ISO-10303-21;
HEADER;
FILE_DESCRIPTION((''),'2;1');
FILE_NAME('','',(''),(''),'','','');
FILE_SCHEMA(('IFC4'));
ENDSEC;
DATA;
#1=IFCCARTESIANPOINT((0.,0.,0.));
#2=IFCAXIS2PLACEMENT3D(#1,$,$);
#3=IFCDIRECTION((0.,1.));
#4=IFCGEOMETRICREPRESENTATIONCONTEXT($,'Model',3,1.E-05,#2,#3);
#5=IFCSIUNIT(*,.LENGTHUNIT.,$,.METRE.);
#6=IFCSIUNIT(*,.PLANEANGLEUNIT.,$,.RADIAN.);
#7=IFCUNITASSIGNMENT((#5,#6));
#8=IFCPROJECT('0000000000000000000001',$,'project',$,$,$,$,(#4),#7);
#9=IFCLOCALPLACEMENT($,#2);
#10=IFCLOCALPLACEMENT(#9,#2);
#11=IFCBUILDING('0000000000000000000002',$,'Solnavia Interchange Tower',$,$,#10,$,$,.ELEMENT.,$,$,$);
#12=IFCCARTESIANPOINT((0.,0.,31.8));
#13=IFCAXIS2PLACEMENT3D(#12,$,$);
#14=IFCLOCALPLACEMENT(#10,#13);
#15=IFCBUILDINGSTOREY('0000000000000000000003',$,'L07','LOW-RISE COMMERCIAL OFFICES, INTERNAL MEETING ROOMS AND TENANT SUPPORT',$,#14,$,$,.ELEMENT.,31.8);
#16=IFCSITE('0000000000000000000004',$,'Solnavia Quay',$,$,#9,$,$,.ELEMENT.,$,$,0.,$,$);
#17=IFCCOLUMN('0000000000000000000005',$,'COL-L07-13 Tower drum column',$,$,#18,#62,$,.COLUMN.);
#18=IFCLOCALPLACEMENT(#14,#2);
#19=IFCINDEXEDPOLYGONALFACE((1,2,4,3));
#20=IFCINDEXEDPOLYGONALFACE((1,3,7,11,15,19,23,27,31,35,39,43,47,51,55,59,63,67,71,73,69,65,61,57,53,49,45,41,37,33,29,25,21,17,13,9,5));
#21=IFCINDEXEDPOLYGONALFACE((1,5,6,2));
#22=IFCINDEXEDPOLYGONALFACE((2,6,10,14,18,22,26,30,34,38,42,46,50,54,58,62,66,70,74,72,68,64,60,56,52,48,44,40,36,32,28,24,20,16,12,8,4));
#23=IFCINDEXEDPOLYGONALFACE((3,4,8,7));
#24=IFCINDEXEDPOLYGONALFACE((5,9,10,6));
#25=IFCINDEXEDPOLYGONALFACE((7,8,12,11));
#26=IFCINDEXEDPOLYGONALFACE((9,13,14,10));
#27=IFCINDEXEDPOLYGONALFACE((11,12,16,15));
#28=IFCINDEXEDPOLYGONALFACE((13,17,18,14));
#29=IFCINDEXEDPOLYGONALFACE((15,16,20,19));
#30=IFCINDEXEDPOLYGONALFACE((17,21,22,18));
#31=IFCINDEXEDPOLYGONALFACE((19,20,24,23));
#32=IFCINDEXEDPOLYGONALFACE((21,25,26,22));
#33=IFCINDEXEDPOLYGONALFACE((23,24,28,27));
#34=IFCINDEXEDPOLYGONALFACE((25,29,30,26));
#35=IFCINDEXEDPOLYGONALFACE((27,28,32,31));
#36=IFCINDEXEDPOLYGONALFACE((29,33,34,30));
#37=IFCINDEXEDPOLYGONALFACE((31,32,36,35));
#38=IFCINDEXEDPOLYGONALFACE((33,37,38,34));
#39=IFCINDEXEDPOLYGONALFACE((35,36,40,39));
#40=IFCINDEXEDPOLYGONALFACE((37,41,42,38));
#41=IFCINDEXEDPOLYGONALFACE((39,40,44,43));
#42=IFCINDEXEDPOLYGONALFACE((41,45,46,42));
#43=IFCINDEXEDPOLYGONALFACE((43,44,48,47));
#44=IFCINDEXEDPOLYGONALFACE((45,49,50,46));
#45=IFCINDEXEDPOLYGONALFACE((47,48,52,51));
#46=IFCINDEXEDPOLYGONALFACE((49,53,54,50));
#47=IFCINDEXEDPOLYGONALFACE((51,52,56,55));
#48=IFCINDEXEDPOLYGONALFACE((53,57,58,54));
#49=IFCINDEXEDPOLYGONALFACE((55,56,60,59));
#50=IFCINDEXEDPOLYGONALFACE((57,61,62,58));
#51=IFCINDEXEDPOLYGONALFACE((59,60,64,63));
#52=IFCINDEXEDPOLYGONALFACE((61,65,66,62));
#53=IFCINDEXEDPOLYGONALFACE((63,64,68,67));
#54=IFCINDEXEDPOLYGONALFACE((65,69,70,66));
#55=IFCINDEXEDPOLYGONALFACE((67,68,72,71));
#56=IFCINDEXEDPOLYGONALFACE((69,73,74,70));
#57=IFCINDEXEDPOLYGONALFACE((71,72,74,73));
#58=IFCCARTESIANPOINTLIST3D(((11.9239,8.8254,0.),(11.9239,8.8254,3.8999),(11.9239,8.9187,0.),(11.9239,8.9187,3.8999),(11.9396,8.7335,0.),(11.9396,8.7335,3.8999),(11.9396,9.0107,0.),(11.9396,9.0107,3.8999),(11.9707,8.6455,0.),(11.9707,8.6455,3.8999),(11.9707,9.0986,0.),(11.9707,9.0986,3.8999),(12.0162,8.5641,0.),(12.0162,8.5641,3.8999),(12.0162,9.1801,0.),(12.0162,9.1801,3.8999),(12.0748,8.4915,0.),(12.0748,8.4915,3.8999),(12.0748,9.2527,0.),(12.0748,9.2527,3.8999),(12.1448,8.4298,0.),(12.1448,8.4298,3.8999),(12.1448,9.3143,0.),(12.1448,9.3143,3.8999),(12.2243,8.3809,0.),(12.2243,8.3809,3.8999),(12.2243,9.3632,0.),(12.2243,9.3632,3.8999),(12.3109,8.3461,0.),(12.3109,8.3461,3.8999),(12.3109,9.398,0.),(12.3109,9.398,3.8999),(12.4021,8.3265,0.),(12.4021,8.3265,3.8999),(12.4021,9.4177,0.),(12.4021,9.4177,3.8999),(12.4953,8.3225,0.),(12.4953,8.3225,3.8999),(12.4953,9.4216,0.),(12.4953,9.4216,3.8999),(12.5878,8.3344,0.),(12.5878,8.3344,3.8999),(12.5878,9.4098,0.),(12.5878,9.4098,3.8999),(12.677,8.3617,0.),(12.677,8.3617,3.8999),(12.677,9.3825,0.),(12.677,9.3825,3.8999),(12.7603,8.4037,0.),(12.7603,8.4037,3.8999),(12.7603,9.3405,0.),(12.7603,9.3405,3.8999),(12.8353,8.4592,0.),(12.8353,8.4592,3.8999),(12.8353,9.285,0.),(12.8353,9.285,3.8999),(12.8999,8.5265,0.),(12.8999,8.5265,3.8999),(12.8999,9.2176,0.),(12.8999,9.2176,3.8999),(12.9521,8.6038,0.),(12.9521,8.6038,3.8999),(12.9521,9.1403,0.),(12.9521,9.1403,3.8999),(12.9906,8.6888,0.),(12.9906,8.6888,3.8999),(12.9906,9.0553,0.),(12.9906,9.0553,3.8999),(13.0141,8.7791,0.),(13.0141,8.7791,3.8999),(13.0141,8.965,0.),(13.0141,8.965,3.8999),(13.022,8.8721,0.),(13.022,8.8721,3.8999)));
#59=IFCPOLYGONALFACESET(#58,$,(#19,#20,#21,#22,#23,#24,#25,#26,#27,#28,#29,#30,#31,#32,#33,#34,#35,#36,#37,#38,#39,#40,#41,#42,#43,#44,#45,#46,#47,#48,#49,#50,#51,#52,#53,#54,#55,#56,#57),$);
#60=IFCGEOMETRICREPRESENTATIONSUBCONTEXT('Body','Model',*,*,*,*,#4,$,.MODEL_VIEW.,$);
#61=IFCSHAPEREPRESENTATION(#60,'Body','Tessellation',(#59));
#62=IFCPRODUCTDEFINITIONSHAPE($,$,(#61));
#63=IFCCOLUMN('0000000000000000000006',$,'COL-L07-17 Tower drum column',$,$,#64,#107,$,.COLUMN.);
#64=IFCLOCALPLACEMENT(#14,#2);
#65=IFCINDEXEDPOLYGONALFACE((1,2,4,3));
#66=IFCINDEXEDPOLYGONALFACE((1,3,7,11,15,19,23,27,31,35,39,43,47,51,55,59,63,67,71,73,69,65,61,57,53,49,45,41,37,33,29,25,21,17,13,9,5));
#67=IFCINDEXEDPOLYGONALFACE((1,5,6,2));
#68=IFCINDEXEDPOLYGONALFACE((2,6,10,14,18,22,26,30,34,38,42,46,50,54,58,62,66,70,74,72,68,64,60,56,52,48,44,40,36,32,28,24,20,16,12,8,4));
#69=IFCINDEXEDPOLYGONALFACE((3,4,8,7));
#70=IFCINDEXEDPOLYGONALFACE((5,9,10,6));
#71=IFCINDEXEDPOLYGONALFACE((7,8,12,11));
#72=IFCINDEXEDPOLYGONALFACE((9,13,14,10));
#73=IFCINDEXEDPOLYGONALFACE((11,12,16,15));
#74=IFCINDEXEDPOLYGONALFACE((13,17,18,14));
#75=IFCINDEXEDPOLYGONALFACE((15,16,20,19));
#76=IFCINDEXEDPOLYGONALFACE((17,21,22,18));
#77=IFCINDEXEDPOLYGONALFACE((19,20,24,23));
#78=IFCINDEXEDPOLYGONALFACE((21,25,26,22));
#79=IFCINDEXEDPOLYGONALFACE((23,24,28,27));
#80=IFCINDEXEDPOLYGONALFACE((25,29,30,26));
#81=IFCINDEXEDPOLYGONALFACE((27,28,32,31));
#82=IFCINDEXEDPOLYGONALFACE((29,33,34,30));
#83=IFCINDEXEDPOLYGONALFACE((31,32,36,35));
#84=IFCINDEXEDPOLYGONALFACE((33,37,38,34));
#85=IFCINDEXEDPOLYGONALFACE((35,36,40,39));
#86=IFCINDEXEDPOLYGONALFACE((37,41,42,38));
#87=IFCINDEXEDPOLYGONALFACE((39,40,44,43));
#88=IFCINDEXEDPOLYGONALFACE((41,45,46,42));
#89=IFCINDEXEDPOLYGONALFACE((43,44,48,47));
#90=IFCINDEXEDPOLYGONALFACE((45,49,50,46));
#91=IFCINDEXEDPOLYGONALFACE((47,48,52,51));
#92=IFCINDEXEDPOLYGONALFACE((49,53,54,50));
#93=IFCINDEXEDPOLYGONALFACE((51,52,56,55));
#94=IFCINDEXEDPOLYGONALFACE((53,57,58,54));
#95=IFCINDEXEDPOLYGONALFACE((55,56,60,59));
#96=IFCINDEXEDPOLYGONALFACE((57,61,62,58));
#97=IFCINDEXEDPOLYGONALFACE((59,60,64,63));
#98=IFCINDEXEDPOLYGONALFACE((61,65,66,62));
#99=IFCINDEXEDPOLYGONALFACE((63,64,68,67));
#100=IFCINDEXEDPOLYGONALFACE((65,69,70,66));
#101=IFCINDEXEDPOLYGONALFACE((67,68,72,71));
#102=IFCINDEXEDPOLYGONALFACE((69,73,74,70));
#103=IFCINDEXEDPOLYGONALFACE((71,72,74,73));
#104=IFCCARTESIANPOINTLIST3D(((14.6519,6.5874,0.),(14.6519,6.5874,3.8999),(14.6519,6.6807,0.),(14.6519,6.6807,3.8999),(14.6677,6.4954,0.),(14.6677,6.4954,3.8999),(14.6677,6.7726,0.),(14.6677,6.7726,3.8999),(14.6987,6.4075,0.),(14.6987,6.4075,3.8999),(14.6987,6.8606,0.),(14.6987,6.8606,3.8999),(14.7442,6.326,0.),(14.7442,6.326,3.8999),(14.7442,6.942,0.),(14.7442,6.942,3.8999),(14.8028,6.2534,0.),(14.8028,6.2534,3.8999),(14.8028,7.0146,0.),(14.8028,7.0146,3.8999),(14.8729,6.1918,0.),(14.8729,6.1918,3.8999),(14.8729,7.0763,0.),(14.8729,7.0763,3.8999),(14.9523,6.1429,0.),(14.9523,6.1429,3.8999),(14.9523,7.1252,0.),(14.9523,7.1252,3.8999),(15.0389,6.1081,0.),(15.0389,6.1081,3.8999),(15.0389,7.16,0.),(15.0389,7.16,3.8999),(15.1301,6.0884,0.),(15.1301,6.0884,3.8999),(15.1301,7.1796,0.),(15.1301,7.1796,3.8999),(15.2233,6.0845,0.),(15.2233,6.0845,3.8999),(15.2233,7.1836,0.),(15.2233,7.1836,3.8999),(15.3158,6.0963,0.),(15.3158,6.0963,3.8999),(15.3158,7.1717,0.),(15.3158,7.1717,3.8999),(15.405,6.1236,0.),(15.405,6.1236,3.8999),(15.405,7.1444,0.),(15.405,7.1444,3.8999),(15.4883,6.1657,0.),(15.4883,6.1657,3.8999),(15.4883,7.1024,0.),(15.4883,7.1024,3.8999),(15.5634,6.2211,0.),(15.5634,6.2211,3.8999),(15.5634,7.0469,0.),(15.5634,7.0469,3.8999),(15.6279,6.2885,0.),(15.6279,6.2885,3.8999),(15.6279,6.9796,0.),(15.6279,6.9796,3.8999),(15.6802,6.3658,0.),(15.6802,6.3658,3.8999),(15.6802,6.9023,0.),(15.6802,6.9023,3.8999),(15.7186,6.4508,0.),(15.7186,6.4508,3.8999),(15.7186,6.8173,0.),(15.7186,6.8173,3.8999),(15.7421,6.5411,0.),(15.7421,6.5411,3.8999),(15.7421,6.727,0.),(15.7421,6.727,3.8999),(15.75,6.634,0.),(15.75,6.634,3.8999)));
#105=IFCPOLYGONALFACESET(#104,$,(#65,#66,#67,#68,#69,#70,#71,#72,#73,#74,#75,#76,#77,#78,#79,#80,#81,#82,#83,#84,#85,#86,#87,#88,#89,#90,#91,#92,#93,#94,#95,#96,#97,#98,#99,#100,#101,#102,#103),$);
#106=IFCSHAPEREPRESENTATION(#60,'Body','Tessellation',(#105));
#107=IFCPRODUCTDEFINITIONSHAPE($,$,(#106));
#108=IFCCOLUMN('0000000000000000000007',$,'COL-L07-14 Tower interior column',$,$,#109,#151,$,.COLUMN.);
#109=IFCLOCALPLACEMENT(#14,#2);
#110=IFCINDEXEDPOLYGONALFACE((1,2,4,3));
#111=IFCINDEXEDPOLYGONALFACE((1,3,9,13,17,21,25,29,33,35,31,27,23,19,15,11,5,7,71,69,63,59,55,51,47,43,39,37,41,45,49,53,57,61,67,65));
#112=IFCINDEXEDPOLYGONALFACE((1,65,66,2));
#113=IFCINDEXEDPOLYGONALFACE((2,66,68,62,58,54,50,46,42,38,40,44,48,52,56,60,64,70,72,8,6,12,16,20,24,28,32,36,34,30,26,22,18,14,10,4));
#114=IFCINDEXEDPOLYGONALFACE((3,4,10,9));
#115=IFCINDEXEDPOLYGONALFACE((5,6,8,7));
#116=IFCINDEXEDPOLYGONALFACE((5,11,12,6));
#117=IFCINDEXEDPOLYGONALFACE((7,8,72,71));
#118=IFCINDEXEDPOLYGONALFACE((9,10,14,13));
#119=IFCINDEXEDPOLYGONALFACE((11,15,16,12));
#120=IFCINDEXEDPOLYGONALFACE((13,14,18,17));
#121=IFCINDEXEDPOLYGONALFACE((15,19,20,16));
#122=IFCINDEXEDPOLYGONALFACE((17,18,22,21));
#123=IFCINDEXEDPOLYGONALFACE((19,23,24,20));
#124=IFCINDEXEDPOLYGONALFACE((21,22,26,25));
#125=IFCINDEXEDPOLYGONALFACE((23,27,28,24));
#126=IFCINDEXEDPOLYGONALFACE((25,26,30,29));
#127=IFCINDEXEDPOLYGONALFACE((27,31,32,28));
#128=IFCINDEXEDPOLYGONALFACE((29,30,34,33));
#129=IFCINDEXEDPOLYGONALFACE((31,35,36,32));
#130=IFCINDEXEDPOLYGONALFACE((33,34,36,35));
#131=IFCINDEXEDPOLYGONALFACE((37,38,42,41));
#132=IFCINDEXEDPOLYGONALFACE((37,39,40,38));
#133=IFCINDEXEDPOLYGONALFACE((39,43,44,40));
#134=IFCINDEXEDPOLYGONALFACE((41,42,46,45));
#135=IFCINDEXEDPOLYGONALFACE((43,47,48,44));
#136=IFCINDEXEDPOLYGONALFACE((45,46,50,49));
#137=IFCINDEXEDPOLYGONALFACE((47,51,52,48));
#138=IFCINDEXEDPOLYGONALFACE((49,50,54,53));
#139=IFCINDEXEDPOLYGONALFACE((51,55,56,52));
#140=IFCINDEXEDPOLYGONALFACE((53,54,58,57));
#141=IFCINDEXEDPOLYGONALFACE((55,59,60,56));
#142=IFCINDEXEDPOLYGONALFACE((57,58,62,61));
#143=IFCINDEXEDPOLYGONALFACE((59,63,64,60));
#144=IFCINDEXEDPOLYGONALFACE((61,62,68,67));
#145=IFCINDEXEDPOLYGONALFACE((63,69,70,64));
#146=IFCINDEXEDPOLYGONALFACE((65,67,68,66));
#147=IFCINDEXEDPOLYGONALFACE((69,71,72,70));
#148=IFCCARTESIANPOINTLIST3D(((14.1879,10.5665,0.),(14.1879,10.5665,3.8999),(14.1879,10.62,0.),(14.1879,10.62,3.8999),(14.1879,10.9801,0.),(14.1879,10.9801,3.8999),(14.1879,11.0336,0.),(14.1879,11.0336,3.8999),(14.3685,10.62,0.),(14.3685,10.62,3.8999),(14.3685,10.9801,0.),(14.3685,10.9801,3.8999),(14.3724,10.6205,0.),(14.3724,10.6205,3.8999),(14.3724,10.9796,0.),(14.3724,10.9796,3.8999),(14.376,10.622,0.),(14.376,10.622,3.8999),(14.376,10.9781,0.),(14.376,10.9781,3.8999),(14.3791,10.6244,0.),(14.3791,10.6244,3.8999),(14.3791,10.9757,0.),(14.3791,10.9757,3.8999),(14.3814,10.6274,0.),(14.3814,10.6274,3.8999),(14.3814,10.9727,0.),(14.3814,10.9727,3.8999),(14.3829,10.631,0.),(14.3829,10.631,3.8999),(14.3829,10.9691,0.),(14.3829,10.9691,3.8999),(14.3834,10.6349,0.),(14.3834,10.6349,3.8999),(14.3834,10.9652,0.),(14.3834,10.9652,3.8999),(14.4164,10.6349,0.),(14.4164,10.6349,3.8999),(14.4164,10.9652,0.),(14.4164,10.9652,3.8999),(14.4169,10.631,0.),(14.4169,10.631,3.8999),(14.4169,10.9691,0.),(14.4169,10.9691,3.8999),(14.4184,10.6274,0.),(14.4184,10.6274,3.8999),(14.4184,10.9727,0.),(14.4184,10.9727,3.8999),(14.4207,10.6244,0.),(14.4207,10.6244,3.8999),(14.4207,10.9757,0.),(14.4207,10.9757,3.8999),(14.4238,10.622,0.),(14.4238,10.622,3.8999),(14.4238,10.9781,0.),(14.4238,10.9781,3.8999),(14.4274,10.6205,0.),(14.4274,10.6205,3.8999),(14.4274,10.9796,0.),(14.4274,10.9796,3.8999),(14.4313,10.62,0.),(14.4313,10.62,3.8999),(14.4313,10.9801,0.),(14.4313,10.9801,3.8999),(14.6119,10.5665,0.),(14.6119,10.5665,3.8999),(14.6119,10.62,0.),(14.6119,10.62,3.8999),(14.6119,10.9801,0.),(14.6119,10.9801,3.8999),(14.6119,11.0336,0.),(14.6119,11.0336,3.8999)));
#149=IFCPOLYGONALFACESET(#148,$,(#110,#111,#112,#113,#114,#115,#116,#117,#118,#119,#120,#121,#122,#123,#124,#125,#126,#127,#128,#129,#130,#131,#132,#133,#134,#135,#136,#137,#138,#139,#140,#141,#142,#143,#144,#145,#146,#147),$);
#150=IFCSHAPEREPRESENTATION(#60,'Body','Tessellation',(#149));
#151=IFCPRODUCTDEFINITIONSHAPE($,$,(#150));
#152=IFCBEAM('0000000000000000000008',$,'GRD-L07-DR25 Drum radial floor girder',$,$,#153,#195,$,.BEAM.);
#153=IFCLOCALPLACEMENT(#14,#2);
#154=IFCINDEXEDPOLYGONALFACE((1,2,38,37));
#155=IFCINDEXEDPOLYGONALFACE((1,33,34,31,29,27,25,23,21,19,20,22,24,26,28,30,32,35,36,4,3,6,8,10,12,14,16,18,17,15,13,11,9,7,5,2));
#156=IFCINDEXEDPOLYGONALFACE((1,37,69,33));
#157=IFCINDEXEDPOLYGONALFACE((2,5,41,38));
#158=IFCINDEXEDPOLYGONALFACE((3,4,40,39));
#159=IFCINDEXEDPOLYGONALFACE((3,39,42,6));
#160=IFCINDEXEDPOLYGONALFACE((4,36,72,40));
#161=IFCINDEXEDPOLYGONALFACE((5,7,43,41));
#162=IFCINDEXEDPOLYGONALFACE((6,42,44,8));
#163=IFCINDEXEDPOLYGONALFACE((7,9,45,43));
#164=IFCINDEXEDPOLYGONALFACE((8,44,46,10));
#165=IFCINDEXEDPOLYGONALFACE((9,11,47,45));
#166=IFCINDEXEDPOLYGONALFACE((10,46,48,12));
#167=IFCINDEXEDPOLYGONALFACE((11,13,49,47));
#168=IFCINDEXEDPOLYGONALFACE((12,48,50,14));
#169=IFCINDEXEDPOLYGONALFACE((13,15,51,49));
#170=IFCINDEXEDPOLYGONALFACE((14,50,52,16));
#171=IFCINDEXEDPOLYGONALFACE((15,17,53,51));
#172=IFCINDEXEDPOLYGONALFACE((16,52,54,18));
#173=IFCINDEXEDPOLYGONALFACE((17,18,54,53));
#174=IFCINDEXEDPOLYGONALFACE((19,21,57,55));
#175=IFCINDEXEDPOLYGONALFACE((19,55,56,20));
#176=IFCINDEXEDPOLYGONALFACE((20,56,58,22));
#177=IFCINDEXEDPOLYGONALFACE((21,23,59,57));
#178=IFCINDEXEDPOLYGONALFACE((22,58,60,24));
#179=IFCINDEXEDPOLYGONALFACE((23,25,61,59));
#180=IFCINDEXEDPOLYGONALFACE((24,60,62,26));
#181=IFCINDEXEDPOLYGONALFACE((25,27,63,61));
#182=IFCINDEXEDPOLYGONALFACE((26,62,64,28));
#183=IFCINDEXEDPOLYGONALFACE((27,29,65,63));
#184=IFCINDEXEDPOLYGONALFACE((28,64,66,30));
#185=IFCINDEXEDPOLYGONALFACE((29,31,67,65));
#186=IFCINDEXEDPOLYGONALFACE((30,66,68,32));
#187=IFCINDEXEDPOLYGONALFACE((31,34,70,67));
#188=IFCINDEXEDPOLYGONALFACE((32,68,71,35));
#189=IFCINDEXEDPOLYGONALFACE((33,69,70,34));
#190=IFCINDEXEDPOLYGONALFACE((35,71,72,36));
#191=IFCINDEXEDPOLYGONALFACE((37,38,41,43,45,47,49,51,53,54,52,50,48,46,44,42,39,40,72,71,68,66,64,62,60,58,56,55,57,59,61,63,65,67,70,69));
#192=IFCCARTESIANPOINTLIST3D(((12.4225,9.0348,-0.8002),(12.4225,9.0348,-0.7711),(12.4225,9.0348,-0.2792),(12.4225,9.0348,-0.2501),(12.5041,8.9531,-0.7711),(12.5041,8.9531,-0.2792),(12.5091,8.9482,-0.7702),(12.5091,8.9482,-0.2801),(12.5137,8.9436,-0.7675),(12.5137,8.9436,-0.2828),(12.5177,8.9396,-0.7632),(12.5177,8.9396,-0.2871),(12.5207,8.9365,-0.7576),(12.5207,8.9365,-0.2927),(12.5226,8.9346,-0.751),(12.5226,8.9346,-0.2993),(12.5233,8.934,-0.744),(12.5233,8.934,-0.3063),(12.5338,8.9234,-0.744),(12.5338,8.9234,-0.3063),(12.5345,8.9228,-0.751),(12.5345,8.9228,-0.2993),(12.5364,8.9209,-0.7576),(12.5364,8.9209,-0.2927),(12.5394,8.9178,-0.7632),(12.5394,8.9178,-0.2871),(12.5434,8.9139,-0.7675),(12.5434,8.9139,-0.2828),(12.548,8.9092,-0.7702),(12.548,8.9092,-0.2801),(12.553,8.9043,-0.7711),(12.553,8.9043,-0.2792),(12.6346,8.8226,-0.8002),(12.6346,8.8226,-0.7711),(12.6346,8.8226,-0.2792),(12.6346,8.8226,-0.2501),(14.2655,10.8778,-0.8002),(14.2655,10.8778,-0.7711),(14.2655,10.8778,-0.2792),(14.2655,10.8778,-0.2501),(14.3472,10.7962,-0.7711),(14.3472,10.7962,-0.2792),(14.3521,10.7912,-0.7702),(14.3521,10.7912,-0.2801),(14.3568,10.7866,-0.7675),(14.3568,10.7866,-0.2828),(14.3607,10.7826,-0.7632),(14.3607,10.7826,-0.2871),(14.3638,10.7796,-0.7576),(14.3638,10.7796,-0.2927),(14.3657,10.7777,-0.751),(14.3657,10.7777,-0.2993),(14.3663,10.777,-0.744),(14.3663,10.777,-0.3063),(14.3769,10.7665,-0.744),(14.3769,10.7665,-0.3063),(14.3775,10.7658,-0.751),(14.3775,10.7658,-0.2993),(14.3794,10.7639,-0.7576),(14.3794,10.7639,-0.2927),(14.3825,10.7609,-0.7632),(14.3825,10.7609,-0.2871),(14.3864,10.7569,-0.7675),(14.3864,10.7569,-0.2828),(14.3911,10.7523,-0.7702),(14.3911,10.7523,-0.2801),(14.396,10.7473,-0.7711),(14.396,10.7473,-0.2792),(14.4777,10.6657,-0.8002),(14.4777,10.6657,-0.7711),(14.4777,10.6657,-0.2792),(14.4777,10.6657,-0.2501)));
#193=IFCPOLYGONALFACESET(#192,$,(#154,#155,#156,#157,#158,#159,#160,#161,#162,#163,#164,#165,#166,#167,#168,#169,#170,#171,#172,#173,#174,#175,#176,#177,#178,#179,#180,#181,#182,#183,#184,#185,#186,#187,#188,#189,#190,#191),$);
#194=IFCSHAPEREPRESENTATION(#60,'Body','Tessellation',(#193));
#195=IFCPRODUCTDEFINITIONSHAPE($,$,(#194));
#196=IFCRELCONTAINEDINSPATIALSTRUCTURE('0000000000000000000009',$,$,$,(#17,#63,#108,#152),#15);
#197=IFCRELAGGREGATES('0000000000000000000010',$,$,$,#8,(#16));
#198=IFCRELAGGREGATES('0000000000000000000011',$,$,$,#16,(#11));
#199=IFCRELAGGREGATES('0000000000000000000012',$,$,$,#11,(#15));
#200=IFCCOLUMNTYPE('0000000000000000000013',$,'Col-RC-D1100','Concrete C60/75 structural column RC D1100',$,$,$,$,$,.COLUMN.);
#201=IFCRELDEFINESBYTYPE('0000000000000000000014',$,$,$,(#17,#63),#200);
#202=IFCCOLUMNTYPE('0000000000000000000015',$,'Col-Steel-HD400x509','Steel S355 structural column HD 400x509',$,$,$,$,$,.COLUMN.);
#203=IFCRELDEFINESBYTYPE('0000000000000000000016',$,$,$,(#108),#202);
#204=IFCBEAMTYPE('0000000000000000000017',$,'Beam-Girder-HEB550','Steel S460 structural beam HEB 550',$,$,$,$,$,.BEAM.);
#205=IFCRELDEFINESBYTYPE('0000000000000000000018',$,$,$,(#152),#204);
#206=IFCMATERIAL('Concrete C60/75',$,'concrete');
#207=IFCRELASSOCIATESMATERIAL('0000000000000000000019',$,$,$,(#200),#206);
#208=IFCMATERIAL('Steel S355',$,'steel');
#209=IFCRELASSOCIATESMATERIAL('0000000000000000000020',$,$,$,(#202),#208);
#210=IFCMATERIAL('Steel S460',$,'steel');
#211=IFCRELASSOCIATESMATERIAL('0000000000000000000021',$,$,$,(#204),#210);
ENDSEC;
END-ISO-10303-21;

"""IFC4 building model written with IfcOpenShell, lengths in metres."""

from ifc_helpers import new_model, si_unit, direction, frame, origin, origin_2d, place, context, subcontext, project, spatial, circle, i_section, extrude, material, material_profile, profile_set, type_object, element, save


model = new_model("IFC4")

# Units and contexts
model_context = context("Model", 3, precision=1e-05, world=origin(), true_north=direction((0.0, 1.0)))
body_context = subcontext(model_context, "Body", "Model", "MODEL_VIEW")
ifc_project = project(units=[si_unit("LENGTHUNIT", "METRE"), si_unit("PLANEANGLEUNIT", "RADIAN")], contexts=[model_context])

# Site, building, storey
site_placement = place(None, origin())
site = spatial("IfcSite", under=ifc_project, at=site_placement, Name="Solnavia Quay", CompositionType="ELEMENT", RefElevation=0.0)
building_placement = place(site_placement, origin())
building = spatial("IfcBuilding", under=site, at=building_placement, Name="Solnavia Interchange Tower", CompositionType="ELEMENT")
storey_placement = place(building_placement, frame((0.0, 0.0, 31.8)))
storey = spatial("IfcBuildingStorey", under=building, at=storey_placement, Name="L07", Description="LOW-RISE COMMERCIAL OFFICES, INTERNAL MEETING ROOMS AND TENANT SUPPORT", CompositionType="ELEMENT", Elevation=31.8)

# Columns
ifc_material_1 = material(Name="Concrete C60/75", Category="concrete")
ifc_material_profile_1 = material_profile(ifc_material_1, circle(Radius=0.55, at=origin_2d()), Name="RC D1100")
ifc_profile_set_1 = profile_set([ifc_material_profile_1], Name="Concrete C60/75")
column_type_1 = type_object("IfcColumnType", Name="Col-RC-D1100", Description="Concrete C60/75 structural column RC D1100", PredefinedType="COLUMN", material=ifc_profile_set_1)
for number, where, z_axis, x_axis, name in (
    (1, (12.4719, 8.8721, 0.0), (0.0, 0.0, 1.0), (1.0, 0.0, 0.0), "COL-L07-13 Tower drum column"),
    (2, (15.2, 6.634, 0.0), (0.0, 0.0, 1.0), (1.0, 0.0, 0.0), "COL-L07-17 Tower drum column"),
):
    element("IfcColumn", number, at=place(storey_placement, frame(where, z_axis=z_axis, x_axis=x_axis)), inside=storey, type_object=column_type_1, Name=name, PredefinedType="COLUMN", context=body_context, shape_type="SweptSolid", body=[
        extrude(circle(Radius=0.55, at=origin_2d()), origin(), (0.0, 0.0, 1.0), 3.8999),
    ])
ifc_material_2 = material(Name="Steel S355", Category="steel")
ifc_material_profile_2 = material_profile(ifc_material_2, i_section(OverallWidth=0.4241, OverallDepth=0.467, WebThickness=0.033, FlangeThickness=0.0535, FilletRadius=0.0149, at=origin_2d()), Name="HD 400x509")
ifc_profile_set_2 = profile_set([ifc_material_profile_2], Name="Steel S355")
column_type_2 = type_object("IfcColumnType", Name="Col-Steel-HD400x509", Description="Steel S355 structural column HD 400x509", PredefinedType="COLUMN", material=ifc_profile_set_2)
column_placement = place(storey_placement, frame((14.3999, 10.8, 0.0), z_axis=(0.0, 0.0, 1.0), x_axis=(1.0, 0.0, 0.0)))
element("IfcColumn", 3, at=column_placement, inside=storey, type_object=column_type_2, Name="COL-L07-14 Tower interior column", PredefinedType="COLUMN", context=body_context, shape_type="SweptSolid", body=[
    extrude(i_section(OverallWidth=0.4241, OverallDepth=0.467, WebThickness=0.033, FlangeThickness=0.0535, FilletRadius=0.0149, at=origin_2d()), origin(), (0.0, 0.0, 1.0), 3.8999),
])

# Beam
ifc_material_3 = material(Name="Steel S460", Category="steel")
ifc_material_profile_3 = material_profile(ifc_material_3, i_section(OverallWidth=0.3, OverallDepth=0.55, WebThickness=0.0149, FlangeThickness=0.0291, FilletRadius=0.0271, at=origin_2d()), Name="HEB 550")
ifc_profile_set_3 = profile_set([ifc_material_profile_3], Name="Steel S460")
beam_type_1 = type_object("IfcBeamType", Name="Beam-Girder-HEB550", Description="Steel S460 structural beam HEB 550", PredefinedType="BEAM", material=ifc_profile_set_3)
beam_1_placement = place(storey_placement, frame((12.5286, 8.9287, -0.5251), z_axis=(0.707107, 0.707107, 0.0), x_axis=(-0.707107, 0.707107, 0.0)))
element("IfcBeam", 4, at=beam_1_placement, inside=storey, type_object=beam_type_1, Name="GRD-L07-DR25 Drum radial floor girder", PredefinedType="BEAM", context=body_context, shape_type="SweptSolid", body=[
    extrude(i_section(OverallWidth=0.3, OverallDepth=0.55, WebThickness=0.0149, FlangeThickness=0.0291, FilletRadius=0.0271, at=origin_2d()), origin(), (0.0, 0.0, 1.0), 2.6064),
])

save(model, "model.ifc")
